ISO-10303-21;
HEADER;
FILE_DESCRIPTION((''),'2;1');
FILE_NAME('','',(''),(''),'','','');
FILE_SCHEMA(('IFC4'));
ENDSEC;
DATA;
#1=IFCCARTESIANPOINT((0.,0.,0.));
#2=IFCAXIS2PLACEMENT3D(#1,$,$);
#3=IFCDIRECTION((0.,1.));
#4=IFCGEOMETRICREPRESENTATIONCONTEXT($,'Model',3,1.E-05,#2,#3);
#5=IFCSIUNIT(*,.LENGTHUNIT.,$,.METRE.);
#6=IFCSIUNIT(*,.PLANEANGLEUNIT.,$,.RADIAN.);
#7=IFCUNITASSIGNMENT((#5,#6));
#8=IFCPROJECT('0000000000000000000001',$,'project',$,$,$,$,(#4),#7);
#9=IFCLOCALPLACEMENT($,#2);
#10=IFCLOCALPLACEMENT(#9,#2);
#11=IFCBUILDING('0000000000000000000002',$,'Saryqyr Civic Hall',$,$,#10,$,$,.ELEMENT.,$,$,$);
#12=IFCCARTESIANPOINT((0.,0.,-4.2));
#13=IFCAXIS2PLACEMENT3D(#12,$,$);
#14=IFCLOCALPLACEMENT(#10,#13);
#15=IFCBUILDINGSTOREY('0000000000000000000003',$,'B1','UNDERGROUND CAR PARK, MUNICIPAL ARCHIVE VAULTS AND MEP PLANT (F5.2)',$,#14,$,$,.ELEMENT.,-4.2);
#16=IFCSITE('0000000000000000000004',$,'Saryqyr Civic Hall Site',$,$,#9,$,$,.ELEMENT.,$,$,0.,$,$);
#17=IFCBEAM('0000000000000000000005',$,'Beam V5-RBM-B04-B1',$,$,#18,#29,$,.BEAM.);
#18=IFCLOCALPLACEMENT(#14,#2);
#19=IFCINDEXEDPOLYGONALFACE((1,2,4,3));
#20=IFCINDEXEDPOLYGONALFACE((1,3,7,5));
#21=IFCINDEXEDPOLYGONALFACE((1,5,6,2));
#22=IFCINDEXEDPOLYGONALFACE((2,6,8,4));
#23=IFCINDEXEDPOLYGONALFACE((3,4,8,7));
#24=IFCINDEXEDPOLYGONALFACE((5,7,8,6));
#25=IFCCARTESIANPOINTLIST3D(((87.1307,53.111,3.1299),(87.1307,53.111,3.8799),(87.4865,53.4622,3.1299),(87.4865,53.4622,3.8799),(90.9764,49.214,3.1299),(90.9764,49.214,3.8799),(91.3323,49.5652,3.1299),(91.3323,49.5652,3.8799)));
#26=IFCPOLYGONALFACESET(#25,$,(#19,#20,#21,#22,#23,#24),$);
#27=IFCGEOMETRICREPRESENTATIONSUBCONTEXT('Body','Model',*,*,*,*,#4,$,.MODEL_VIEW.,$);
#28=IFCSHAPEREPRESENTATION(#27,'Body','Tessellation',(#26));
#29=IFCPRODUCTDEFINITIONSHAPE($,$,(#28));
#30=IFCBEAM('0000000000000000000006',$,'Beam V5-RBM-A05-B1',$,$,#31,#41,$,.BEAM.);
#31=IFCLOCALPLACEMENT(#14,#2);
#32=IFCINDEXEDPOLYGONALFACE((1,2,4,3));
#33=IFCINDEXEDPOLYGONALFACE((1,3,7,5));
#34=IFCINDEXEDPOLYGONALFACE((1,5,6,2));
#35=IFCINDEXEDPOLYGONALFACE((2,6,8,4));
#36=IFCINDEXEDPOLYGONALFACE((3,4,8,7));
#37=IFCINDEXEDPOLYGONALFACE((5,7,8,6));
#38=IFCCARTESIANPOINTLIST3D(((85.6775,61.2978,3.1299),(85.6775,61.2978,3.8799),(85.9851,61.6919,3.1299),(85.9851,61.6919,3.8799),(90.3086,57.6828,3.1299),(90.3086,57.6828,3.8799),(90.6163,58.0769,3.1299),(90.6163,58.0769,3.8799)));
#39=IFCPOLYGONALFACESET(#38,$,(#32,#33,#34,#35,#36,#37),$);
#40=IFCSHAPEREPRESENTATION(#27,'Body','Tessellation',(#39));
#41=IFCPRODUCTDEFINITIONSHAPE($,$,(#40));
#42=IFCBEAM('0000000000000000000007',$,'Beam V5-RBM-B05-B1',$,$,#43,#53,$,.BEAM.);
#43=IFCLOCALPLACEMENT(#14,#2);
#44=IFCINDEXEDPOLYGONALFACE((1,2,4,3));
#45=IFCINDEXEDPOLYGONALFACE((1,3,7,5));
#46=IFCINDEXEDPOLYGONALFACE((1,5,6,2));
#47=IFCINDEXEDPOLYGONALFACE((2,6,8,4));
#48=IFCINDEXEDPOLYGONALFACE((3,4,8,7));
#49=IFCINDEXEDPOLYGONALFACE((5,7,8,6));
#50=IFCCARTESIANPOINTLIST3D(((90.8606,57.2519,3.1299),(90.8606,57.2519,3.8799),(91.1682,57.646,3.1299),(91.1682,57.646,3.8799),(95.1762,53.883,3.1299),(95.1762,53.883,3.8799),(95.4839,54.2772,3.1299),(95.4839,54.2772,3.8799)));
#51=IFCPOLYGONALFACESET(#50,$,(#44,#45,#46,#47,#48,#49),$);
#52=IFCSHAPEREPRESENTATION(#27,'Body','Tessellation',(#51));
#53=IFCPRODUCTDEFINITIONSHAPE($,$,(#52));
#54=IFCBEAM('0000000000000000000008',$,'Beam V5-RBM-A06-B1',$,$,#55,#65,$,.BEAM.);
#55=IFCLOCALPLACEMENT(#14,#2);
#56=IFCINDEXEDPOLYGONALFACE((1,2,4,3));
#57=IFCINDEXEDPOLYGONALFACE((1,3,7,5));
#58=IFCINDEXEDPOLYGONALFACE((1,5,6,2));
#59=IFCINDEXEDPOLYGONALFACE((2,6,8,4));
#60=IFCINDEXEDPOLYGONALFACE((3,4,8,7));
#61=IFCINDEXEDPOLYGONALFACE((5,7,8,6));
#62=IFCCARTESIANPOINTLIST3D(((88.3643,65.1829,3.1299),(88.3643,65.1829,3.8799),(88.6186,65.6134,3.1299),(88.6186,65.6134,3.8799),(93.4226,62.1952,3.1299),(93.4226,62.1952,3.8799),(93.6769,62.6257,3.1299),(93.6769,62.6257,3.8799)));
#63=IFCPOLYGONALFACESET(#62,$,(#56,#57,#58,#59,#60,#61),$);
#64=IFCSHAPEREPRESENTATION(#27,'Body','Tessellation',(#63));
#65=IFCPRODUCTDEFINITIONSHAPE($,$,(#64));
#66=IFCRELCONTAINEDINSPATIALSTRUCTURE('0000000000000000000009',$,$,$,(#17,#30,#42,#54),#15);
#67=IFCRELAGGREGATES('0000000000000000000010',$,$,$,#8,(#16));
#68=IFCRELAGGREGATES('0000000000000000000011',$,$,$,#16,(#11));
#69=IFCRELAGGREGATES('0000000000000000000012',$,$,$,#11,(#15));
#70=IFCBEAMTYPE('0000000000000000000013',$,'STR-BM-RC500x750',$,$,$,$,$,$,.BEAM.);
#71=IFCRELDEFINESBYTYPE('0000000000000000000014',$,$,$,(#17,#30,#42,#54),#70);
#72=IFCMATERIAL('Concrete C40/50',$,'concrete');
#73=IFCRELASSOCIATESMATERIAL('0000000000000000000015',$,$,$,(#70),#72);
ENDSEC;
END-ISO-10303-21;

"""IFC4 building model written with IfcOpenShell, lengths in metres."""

from ifc_helpers import new_model, si_unit, direction, frame, origin, origin_2d, place, context, subcontext, project, spatial, rectangle, extrude, material, material_profile, profile_set, type_object, element, save


model = new_model("IFC4")

# Units and contexts
model_context = context("Model", 3, precision=1e-05, world=origin(), true_north=direction((0.0, 1.0)))
body_context = subcontext(model_context, "Body", "Model", "MODEL_VIEW")
ifc_project = project(units=[si_unit("LENGTHUNIT", "METRE"), si_unit("PLANEANGLEUNIT", "RADIAN")], contexts=[model_context])

# Site, building, storey
site_placement = place(None, origin())
site = spatial("IfcSite", under=ifc_project, at=site_placement, Name="Saryqyr Civic Hall Site", CompositionType="ELEMENT", RefElevation=0.0)
building_placement = place(site_placement, origin())
building = spatial("IfcBuilding", under=site, at=building_placement, Name="Saryqyr Civic Hall", CompositionType="ELEMENT")
storey_placement = place(building_placement, frame((0.0, 0.0, -4.2)))
storey = spatial("IfcBuildingStorey", under=building, at=storey_placement, Name="B1", Description="UNDERGROUND CAR PARK, MUNICIPAL ARCHIVE VAULTS AND MEP PLANT (F5.2)", CompositionType="ELEMENT", Elevation=-4.2)

# Shared definitions
ifc_material_1 = material(Name="Concrete C40/50", Category="concrete")

# Beams
ifc_material_profile_1 = material_profile(ifc_material_1, rectangle(XDim=0.5, YDim=0.75, at=origin_2d()), Name="RC 500x750")
ifc_profile_set_1 = profile_set([ifc_material_profile_1], Name="Concrete C40/50")
beam_type_1 = type_object("IfcBeamType", Name="STR-BM-RC500x750", PredefinedType="BEAM", material=ifc_profile_set_1)
beam_1_placement = place(storey_placement, frame((87.3086, 53.2866, 3.5049), z_axis=(0.702409, -0.711773, 0.0), x_axis=(0.711773, 0.702409, 0.0)))
element("IfcBeam", 1, at=beam_1_placement, inside=storey, type_object=beam_type_1, Name="Beam V5-RBM-B04-B1", PredefinedType="BEAM", context=body_context, shape_type="SweptSolid", body=[
    extrude(rectangle(XDim=0.5, YDim=0.75, at=origin_2d()), origin(), (0.0, 0.0, 1.0), 5.4751),
])
beam_2_placement = place(storey_placement, frame((85.8313, 61.4949, 3.5049), z_axis=(0.788277, -0.615321, 0.0), x_axis=(0.615321, 0.788277, 0.0)))
element("IfcBeam", 2, at=beam_2_placement, inside=storey, type_object=beam_type_1, Name="Beam V5-RBM-A05-B1", PredefinedType="BEAM", context=body_context, shape_type="SweptSolid", body=[
    extrude(rectangle(XDim=0.5, YDim=0.75, at=origin_2d()), origin(), (0.0, 0.0, 1.0), 5.875),
])
beam_3_placement = place(storey_placement, frame((91.0144, 57.449, 3.5049), z_axis=(0.788266, -0.615335, 0.0), x_axis=(0.615335, 0.788266, 0.0)))
element("IfcBeam", 3, at=beam_3_placement, inside=storey, type_object=beam_type_1, Name="Beam V5-RBM-B05-B1", PredefinedType="BEAM", context=body_context, shape_type="SweptSolid", body=[
    extrude(rectangle(XDim=0.5, YDim=0.75, at=origin_2d()), origin(), (0.0, 0.0, 1.0), 5.4749),
])
beam_4_placement = place(storey_placement, frame((88.4915, 65.3982, 3.5049), z_axis=(0.861018, -0.508574, 0.0), x_axis=(0.508574, 0.861018, 0.0)))
element("IfcBeam", 4, at=beam_4_placement, inside=storey, type_object=beam_type_1, Name="Beam V5-RBM-A06-B1", PredefinedType="BEAM", context=body_context, shape_type="SweptSolid", body=[
    extrude(rectangle(XDim=0.5, YDim=0.75, at=origin_2d()), origin(), (0.0, 0.0, 1.0), 5.8748),
])

save(model, "model.ifc")
